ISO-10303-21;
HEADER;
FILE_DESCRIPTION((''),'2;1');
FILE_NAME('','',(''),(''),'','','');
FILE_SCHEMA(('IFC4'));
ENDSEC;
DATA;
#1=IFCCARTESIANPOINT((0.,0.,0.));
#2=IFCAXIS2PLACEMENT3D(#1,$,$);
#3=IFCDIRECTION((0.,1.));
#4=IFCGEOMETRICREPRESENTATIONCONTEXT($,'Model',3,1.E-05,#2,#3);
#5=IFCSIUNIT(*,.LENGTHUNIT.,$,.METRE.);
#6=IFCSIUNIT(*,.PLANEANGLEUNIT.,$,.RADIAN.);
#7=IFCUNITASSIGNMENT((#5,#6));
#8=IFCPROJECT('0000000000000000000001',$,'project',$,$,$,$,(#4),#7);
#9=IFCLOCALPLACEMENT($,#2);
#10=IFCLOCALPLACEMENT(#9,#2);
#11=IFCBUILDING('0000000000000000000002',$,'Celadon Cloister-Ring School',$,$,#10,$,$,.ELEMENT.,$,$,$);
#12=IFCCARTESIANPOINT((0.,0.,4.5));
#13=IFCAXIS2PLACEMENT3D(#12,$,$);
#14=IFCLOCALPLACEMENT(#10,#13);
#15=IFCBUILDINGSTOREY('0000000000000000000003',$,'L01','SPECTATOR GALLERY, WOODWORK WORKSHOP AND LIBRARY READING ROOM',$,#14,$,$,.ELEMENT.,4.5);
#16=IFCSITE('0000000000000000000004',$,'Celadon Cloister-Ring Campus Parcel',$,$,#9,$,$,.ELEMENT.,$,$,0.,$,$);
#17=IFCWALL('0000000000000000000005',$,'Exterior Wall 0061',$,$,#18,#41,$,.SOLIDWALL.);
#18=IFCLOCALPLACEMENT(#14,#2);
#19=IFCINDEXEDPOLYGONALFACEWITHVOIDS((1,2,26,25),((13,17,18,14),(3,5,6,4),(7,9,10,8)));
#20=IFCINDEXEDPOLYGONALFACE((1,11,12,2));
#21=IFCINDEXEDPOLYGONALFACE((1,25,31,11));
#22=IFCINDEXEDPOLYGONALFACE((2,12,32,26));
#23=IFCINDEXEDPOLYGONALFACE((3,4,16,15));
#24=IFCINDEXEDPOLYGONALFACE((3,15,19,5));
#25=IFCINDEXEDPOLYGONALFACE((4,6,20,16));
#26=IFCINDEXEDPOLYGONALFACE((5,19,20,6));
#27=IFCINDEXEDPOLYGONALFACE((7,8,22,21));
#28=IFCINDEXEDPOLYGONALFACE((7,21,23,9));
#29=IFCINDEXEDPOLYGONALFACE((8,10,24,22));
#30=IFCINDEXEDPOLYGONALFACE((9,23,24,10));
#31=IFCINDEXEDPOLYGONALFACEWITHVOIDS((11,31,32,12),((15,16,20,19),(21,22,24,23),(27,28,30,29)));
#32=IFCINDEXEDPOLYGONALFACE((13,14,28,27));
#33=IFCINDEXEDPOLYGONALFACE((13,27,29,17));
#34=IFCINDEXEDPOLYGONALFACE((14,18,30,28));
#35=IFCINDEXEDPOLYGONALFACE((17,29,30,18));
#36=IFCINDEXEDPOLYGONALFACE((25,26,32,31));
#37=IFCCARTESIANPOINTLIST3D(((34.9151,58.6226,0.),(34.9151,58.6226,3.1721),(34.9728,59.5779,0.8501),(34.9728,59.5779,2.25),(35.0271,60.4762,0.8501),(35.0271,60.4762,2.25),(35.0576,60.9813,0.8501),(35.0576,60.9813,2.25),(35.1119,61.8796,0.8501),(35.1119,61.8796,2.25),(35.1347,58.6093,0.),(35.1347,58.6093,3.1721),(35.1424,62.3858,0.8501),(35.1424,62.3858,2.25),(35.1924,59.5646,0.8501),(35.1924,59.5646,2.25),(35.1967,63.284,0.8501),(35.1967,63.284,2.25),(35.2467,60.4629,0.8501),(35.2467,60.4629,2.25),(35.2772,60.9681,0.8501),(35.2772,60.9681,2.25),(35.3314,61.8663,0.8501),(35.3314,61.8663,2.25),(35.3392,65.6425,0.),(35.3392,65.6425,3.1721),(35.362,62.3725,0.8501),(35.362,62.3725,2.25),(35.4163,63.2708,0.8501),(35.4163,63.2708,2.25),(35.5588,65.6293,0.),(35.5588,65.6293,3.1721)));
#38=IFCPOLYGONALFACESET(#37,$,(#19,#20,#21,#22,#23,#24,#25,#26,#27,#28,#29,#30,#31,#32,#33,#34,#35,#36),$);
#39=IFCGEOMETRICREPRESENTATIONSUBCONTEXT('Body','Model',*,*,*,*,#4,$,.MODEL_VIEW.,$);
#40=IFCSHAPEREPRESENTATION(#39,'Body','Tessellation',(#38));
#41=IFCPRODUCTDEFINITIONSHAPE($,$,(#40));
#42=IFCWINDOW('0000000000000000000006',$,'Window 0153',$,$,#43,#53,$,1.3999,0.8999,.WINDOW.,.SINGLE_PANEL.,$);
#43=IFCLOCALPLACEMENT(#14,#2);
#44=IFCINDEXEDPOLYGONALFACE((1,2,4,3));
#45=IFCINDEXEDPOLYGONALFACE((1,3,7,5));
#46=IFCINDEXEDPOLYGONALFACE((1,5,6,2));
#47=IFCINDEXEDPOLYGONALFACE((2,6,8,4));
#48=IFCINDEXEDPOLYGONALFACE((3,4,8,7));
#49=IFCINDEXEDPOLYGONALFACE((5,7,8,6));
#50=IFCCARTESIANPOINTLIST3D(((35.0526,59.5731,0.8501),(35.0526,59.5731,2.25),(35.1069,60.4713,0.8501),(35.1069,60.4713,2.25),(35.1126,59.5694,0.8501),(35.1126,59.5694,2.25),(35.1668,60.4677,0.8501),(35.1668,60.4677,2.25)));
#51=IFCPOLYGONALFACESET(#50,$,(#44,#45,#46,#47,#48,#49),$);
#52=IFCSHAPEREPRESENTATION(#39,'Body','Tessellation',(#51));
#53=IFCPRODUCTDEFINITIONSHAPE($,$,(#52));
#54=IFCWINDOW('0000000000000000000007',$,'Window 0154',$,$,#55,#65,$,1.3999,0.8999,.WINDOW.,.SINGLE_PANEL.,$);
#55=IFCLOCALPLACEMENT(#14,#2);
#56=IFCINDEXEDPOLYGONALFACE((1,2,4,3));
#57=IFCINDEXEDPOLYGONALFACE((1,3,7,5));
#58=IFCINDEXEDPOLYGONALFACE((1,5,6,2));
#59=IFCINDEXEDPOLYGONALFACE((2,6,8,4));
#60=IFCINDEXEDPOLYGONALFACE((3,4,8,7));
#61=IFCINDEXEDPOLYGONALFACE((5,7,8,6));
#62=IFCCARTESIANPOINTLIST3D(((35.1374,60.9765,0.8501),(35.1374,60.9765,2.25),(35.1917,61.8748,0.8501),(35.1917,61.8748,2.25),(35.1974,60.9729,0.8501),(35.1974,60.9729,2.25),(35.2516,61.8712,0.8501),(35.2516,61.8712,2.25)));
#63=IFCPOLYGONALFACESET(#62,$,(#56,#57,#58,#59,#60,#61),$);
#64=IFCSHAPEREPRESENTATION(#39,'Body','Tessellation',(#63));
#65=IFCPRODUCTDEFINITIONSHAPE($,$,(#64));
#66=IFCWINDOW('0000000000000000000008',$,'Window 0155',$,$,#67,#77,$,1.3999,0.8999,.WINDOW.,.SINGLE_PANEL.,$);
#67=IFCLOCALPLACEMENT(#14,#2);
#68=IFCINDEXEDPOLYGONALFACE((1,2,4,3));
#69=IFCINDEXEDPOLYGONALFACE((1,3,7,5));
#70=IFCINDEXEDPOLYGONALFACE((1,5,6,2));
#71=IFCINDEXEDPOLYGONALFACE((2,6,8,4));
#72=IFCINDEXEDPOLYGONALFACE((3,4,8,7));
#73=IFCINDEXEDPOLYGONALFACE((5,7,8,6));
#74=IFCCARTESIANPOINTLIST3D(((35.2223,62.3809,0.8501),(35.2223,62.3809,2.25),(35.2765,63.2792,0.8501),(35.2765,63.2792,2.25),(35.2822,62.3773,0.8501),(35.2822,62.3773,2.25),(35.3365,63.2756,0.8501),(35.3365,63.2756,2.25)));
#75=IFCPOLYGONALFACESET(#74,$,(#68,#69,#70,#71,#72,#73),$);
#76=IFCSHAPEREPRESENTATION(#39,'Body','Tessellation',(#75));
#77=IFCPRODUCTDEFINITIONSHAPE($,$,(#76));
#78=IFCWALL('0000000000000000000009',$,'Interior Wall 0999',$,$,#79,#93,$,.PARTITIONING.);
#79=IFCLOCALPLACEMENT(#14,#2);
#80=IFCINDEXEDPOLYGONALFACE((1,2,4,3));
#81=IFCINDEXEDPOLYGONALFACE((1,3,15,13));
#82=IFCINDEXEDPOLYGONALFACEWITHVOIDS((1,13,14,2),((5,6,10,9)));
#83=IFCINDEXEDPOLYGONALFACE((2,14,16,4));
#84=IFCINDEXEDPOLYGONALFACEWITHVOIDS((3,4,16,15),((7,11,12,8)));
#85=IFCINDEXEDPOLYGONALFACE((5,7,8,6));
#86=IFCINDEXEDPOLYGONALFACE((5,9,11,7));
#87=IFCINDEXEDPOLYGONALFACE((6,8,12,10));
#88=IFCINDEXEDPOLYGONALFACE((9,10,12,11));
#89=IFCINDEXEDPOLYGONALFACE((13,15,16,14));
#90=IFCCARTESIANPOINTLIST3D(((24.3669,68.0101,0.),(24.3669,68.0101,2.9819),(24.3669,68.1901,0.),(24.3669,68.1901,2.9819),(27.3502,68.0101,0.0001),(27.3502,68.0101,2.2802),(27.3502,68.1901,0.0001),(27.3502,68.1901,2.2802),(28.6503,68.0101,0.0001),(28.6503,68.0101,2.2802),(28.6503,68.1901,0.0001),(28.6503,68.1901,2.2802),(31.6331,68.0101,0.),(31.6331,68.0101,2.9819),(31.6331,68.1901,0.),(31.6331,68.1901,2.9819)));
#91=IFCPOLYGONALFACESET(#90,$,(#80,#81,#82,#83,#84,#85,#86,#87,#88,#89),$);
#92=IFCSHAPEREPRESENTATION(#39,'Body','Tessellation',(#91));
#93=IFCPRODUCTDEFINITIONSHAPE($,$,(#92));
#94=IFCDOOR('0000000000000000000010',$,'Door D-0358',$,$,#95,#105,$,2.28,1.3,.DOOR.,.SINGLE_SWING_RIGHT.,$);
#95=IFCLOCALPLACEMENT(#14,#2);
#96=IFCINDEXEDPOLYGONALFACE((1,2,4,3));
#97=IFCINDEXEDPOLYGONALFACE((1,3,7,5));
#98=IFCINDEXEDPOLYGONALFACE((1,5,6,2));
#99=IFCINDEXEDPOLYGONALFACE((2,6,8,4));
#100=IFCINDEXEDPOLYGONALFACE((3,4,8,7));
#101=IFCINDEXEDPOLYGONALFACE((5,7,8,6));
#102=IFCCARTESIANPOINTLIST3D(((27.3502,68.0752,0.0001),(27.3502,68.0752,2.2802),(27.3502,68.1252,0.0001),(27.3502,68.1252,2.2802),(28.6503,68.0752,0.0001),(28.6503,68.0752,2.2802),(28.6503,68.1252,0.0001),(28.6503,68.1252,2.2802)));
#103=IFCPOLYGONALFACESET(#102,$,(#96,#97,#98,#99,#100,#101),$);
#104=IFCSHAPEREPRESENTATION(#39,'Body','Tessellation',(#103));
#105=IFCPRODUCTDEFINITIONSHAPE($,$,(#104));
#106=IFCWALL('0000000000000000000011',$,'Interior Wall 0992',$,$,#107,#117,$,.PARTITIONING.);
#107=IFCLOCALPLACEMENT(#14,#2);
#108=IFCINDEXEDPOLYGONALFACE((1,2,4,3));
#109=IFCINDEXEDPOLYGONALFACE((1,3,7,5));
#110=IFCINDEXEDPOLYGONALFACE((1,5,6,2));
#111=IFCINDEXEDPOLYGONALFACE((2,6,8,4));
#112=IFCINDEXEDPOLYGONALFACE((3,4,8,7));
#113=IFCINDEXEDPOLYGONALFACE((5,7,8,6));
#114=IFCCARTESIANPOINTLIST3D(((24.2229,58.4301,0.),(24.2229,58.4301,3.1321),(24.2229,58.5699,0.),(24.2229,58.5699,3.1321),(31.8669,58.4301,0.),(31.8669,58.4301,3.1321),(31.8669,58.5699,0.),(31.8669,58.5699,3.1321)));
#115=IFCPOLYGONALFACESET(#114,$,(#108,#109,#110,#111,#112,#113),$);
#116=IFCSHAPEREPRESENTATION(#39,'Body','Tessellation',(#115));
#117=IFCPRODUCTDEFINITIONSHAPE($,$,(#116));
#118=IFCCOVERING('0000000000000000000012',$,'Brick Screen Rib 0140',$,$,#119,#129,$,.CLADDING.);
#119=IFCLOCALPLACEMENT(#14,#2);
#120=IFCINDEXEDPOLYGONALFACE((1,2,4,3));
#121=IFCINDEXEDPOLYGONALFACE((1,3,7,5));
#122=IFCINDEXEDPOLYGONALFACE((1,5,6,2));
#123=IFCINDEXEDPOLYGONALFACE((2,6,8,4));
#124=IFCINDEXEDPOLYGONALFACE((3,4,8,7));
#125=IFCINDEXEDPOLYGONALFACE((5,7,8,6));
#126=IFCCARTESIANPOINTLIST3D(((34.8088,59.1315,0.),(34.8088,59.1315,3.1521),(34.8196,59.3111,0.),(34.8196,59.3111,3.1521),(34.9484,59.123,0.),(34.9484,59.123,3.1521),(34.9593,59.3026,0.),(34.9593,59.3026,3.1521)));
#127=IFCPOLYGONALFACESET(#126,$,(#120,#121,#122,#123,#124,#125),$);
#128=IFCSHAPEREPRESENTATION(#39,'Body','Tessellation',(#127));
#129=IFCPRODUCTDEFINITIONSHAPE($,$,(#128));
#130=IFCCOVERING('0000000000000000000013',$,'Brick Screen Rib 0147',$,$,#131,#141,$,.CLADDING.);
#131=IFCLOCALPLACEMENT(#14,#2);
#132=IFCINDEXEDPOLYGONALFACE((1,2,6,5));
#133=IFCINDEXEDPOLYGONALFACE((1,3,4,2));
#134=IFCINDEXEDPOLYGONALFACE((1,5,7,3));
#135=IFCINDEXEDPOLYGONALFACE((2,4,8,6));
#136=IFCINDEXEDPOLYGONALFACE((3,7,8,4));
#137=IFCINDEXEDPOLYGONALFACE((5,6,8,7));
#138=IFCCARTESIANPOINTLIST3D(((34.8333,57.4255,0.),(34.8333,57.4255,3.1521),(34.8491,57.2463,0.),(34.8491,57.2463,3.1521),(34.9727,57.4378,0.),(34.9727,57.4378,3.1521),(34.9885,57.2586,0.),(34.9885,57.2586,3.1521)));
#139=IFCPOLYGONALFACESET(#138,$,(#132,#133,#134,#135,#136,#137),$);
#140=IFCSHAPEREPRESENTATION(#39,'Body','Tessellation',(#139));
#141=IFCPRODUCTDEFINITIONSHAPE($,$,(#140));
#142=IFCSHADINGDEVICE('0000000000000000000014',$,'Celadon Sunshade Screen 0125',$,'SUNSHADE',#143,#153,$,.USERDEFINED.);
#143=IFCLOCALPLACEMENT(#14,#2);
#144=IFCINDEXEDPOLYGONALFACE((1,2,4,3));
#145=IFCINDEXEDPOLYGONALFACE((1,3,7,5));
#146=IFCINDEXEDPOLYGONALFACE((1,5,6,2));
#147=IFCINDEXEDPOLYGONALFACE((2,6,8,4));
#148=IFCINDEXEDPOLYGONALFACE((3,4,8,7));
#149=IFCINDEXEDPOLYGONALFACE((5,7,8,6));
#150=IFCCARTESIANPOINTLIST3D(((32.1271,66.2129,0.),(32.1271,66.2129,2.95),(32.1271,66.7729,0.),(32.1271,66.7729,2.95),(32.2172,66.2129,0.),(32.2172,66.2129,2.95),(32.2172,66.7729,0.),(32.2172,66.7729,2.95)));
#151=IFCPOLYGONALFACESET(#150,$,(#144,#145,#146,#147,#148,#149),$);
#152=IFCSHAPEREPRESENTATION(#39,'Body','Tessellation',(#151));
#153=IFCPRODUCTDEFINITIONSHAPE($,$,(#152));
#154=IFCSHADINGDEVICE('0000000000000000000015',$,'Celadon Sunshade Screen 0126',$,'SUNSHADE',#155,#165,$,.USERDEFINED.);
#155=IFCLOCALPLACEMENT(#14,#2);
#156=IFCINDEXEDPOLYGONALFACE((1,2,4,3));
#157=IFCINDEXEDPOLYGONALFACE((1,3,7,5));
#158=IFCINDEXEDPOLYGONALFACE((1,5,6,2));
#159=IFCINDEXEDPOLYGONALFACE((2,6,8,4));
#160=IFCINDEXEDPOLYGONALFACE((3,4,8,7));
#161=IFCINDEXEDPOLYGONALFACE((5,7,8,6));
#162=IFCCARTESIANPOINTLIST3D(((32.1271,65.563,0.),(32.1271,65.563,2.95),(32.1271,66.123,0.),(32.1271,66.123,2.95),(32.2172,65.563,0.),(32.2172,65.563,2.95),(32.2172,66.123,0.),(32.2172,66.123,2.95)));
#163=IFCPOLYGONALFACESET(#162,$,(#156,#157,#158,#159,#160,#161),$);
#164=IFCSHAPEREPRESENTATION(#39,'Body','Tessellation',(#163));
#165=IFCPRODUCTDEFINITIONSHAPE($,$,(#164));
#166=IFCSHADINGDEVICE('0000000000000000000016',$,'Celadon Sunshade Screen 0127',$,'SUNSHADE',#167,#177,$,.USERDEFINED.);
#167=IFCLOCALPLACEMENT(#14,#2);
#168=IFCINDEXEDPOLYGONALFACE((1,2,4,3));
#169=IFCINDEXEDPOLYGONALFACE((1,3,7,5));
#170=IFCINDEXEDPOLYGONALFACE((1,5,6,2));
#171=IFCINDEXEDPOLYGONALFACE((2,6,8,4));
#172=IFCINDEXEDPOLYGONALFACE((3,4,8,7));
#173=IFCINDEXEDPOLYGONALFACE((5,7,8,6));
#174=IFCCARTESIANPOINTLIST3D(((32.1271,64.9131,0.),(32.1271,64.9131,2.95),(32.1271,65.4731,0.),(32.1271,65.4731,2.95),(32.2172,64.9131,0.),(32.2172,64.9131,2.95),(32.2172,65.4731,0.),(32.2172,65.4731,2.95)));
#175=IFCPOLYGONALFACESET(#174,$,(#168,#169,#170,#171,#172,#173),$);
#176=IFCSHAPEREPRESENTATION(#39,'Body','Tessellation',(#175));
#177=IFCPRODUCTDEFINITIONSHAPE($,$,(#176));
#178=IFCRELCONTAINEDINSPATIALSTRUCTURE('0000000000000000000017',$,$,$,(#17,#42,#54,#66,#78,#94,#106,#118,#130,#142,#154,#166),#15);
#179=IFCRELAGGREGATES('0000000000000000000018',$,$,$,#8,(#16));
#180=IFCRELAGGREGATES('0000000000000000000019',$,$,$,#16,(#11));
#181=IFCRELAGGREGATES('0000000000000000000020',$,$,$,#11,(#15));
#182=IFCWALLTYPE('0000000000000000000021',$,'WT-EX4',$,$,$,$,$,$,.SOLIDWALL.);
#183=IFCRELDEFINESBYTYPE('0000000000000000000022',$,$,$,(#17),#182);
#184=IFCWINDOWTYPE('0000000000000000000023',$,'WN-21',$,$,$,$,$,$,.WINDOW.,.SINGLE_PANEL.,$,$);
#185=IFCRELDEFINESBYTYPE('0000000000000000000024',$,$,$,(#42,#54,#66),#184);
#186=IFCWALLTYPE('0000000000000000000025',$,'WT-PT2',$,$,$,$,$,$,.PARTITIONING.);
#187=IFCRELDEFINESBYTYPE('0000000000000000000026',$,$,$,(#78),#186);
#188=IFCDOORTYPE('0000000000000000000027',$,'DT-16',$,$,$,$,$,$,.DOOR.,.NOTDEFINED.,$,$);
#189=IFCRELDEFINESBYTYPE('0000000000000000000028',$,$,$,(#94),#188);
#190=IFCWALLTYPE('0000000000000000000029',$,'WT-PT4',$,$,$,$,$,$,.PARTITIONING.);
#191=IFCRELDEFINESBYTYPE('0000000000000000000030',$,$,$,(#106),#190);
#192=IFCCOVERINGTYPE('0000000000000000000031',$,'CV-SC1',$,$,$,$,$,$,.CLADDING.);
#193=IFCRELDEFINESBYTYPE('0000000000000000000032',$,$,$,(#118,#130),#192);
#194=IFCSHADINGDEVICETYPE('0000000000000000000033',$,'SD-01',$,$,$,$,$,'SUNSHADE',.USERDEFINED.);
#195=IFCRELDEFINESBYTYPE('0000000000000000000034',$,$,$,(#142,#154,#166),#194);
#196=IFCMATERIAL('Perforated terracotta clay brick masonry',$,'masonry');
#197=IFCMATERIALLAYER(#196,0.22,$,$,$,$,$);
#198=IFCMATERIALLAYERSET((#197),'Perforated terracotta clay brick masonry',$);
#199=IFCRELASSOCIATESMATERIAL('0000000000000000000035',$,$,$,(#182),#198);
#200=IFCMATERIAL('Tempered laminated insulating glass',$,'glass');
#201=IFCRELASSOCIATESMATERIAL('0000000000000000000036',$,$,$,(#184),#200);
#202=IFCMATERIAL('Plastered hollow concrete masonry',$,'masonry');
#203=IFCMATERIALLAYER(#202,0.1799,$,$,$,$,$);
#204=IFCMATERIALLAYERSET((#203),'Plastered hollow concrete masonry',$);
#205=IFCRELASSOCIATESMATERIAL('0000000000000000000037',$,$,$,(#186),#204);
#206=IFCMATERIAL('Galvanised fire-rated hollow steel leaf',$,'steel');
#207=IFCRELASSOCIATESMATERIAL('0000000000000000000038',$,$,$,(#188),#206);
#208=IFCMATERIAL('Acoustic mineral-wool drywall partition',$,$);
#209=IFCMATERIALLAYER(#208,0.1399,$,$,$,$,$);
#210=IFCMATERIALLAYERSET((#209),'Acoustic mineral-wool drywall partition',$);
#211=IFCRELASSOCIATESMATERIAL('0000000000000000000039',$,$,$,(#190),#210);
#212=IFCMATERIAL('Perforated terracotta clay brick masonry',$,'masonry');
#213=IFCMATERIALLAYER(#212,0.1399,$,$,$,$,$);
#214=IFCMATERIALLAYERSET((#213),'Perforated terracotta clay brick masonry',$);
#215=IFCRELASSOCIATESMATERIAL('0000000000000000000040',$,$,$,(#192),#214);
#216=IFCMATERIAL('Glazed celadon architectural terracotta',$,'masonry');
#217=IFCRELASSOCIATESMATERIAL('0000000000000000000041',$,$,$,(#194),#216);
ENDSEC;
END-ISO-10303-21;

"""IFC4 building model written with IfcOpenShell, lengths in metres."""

from ifc_helpers import new_model, si_unit, direction, frame, frame_2d, origin, origin_2d, place, context, subcontext, project, spatial, rectangle, extrude, material, layer, layer_set, type_object, element, fill, save


model = new_model("IFC4")

# Units and contexts
model_context = context("Model", 3, precision=1e-05, world=origin(), true_north=direction((0.0, 1.0)))
body_context = subcontext(model_context, "Body", "Model", "MODEL_VIEW")
ifc_project = project(units=[si_unit("LENGTHUNIT", "METRE"), si_unit("PLANEANGLEUNIT", "RADIAN")], contexts=[model_context])

# Site, building, storey
site_placement = place(None, origin())
site = spatial("IfcSite", under=ifc_project, at=site_placement, Name="Celadon Cloister-Ring Campus Parcel", CompositionType="ELEMENT", RefElevation=0.0)
building_placement = place(site_placement, origin())
building = spatial("IfcBuilding", under=site, at=building_placement, Name="Celadon Cloister-Ring School", CompositionType="ELEMENT")
storey_placement = place(building_placement, frame((0.0, 0.0, 4.5)))
storey = spatial("IfcBuildingStorey", under=building, at=storey_placement, Name="L01", Description="SPECTATOR GALLERY, WOODWORK WORKSHOP AND LIBRARY READING ROOM", CompositionType="ELEMENT", Elevation=4.5)

# Wall, openings, windows
ifc_material_1 = material(Name="Perforated terracotta clay brick masonry", Category="masonry")
ifc_layer_1 = layer(ifc_material_1, 0.22)
ifc_layer_set_1 = layer_set([ifc_layer_1], Name="Perforated terracotta clay brick masonry")
wall_type_1 = type_object("IfcWallType", Name="WT-EX4", PredefinedType="SOLIDWALL", material=ifc_layer_set_1)
wall_1_placement = place(storey_placement, frame((35.0249, 58.616, 0.0), z_axis=(0.0, 0.0, 1.0), x_axis=(0.060299, 0.99818, 0.0)))
wall_1 = element("IfcWall", 1, at=wall_1_placement, inside=storey, type_object=wall_type_1, Name="Exterior Wall 0061", PredefinedType="SOLIDWALL", context=body_context, shape_type="SweptSolid", body=[
    extrude(rectangle(XDim=7.0327, YDim=0.22, at=frame_2d((3.5164, 0.0))), origin(), (0.0, 0.0, 1.0), 3.1721),
])
opening_1_placement = place(wall_1_placement, frame((0.957, 0.0, 0.8501)))
opening_1 = element("IfcOpeningElement", 2, at=opening_1_placement, cuts=wall_1, PredefinedType="OPENING", context=body_context, shape_type="SweptSolid", body=[
    extrude(rectangle(XDim=0.8999, YDim=1.3999, at=frame_2d((0.45, 0.7))), frame((0.0, 0.1201, 0.0), z_axis=(0.0, -1.0, 0.0), x_axis=(1.0, 0.0, 0.0)), (0.0, 0.0, 1.0), 0.24),
])
opening_2_placement = place(wall_1_placement, frame((2.363, 0.0, 0.8501)))
opening_2 = element("IfcOpeningElement", 3, at=opening_2_placement, cuts=wall_1, PredefinedType="OPENING", context=body_context, shape_type="SweptSolid", body=[
    extrude(rectangle(XDim=0.8999, YDim=1.3999, at=frame_2d((0.45, 0.7))), frame((0.0, 0.1201, 0.0), z_axis=(0.0, -1.0, 0.0), x_axis=(1.0, 0.0, 0.0)), (0.0, 0.0, 1.0), 0.24),
])
opening_3_placement = place(wall_1_placement, frame((3.77, 0.0, 0.8501)))
opening_3 = element("IfcOpeningElement", 4, at=opening_3_placement, cuts=wall_1, PredefinedType="OPENING", context=body_context, shape_type="SweptSolid", body=[
    extrude(rectangle(XDim=0.8999, YDim=1.3999, at=frame_2d((0.45, 0.7))), frame((0.0, 0.1201, 0.0), z_axis=(0.0, -1.0, 0.0), x_axis=(1.0, 0.0, 0.0)), (0.0, 0.0, 1.0), 0.24),
])
ifc_material_2 = material(Name="Tempered laminated insulating glass", Category="glass")
window_type = type_object("IfcWindowType", Name="WN-21", PartitioningType="SINGLE_PANEL", PredefinedType="WINDOW", material=ifc_material_2)
window_1_placement = place(opening_1_placement, origin())
window_1 = element("IfcWindow", 5, at=window_1_placement, inside=storey, type_object=window_type, Name="Window 0153", OverallHeight=1.3999, OverallWidth=0.8999, PartitioningType="SINGLE_PANEL", PredefinedType="WINDOW", context=body_context, shape_type="SweptSolid", body=[
    extrude(rectangle(XDim=0.8999, YDim=1.3999, at=frame_2d((0.45, 0.7))), frame((0.0, 0.03, 0.0), z_axis=(0.0, -1.0, 0.0), x_axis=(1.0, 0.0, 0.0)), (0.0, 0.0, 1.0), 0.0601),
])
fill(opening_1, window_1)
window_2_placement = place(opening_2_placement, origin())
window_2 = element("IfcWindow", 6, at=window_2_placement, inside=storey, type_object=window_type, Name="Window 0154", OverallHeight=1.3999, OverallWidth=0.8999, PartitioningType="SINGLE_PANEL", PredefinedType="WINDOW", context=body_context, shape_type="SweptSolid", body=[
    extrude(rectangle(XDim=0.8999, YDim=1.3999, at=frame_2d((0.45, 0.7))), frame((0.0, 0.03, 0.0), z_axis=(0.0, -1.0, 0.0), x_axis=(1.0, 0.0, 0.0)), (0.0, 0.0, 1.0), 0.0601),
])
fill(opening_2, window_2)
window_3_placement = place(opening_3_placement, origin())
window_3 = element("IfcWindow", 7, at=window_3_placement, inside=storey, type_object=window_type, Name="Window 0155", OverallHeight=1.3999, OverallWidth=0.8999, PartitioningType="SINGLE_PANEL", PredefinedType="WINDOW", context=body_context, shape_type="SweptSolid", body=[
    extrude(rectangle(XDim=0.8999, YDim=1.3999, at=frame_2d((0.45, 0.7))), frame((0.0, 0.03, 0.0), z_axis=(0.0, -1.0, 0.0), x_axis=(1.0, 0.0, 0.0)), (0.0, 0.0, 1.0), 0.0601),
])
fill(opening_3, window_3)

# Wall, opening, door
ifc_material_3 = material(Name="Plastered hollow concrete masonry", Category="masonry")
ifc_layer_2 = layer(ifc_material_3, 0.1799)
ifc_layer_set_2 = layer_set([ifc_layer_2], Name="Plastered hollow concrete masonry")
wall_type_2 = type_object("IfcWallType", Name="WT-PT2", PredefinedType="PARTITIONING", material=ifc_layer_set_2)
wall_2_placement = place(storey_placement, frame((31.6331, 68.1001, 0.0), z_axis=(0.0, 0.0, 1.0), x_axis=(-1.0, 0.0, 0.0)))
wall_2 = element("IfcWall", 8, at=wall_2_placement, inside=storey, type_object=wall_type_2, Name="Interior Wall 0999", PredefinedType="PARTITIONING", context=body_context, shape_type="SweptSolid", body=[
    extrude(rectangle(XDim=7.2661, YDim=0.1799, at=frame_2d((3.6331, 0.0))), origin(), (0.0, 0.0, 1.0), 2.9819),
])
opening_4_placement = place(wall_2_placement, frame((2.9829, 0.0, 0.0)))
opening_4 = element("IfcOpeningElement", 9, at=opening_4_placement, cuts=wall_2, PredefinedType="OPENING", context=body_context, shape_type="SweptSolid", body=[
    extrude(rectangle(XDim=1.3, YDim=2.28, at=frame_2d((0.6499, 1.1401))), frame((0.0, 0.1001, 0.0), z_axis=(0.0, -1.0, 0.0), x_axis=(1.0, 0.0, 0.0)), (0.0, 0.0, 1.0), 0.2),
])
ifc_material_4 = material(Name="Galvanised fire-rated hollow steel leaf", Category="steel")
door_type = type_object("IfcDoorType", Name="DT-16", OperationType="NOTDEFINED", PredefinedType="DOOR", material=ifc_material_4)
door_placement = place(opening_4_placement, origin())
door = element("IfcDoor", 10, at=door_placement, inside=storey, type_object=door_type, Name="Door D-0358", OperationType="SINGLE_SWING_RIGHT", OverallHeight=2.28, OverallWidth=1.3, PredefinedType="DOOR", context=body_context, shape_type="SweptSolid", body=[
    extrude(rectangle(XDim=1.3, YDim=2.28, at=frame_2d((0.6499, 1.1401))), frame((0.0, 0.0249, 0.0), z_axis=(0.0, -1.0, 0.0), x_axis=(1.0, 0.0, 0.0)), (0.0, 0.0, 1.0), 0.05),
])
fill(opening_4, door)

# Wall
ifc_material_5 = material(Name="Acoustic mineral-wool drywall partition")
ifc_layer_3 = layer(ifc_material_5, 0.1399)
ifc_layer_set_3 = layer_set([ifc_layer_3], Name="Acoustic mineral-wool drywall partition")
wall_type_3 = type_object("IfcWallType", Name="WT-PT4", PredefinedType="PARTITIONING", material=ifc_layer_set_3)
wall_3_placement = place(storey_placement, frame((31.8669, 58.5, 0.0), z_axis=(0.0, 0.0, 1.0), x_axis=(-1.0, 0.0, 0.0)))
element("IfcWall", 11, at=wall_3_placement, inside=storey, type_object=wall_type_3, Name="Interior Wall 0992", PredefinedType="PARTITIONING", context=body_context, shape_type="SweptSolid", body=[
    extrude(rectangle(XDim=7.644, YDim=0.1399, at=frame_2d((3.822, 0.0))), origin(), (0.0, 0.0, 1.0), 3.1321),
])

# Coverings
ifc_material_6 = material(Name="Perforated terracotta clay brick masonry", Category="masonry")
ifc_layer_4 = layer(ifc_material_6, 0.1399)
ifc_layer_set_4 = layer_set([ifc_layer_4], Name="Perforated terracotta clay brick masonry")
covering_type = type_object("IfcCoveringType", Name="CV-SC1", PredefinedType="CLADDING", material=ifc_layer_set_4)
for number, where, z_axis, x_axis, name in (
    (12, (34.884, 59.217, 0.0), (0.0, 0.0, 1.0), (0.060282, 0.998181, 0.0), "Brick Screen Rib 0140"),
    (13, (34.9109, 57.342, 0.0), (0.0, 0.0, 1.0), (-0.087747, 0.996143, 0.0), "Brick Screen Rib 0147"),
):
    element("IfcCovering", number, at=place(storey_placement, frame(where, z_axis=z_axis, x_axis=x_axis)), inside=storey, type_object=covering_type, Name=name, PredefinedType="CLADDING", context=body_context, shape_type="SweptSolid", body=[
        extrude(rectangle(XDim=0.1799, YDim=0.1399, at=origin_2d()), origin(), (0.0, 0.0, 1.0), 3.1521),
    ])

# Shading devices
ifc_material_7 = material(Name="Glazed celadon architectural terracotta", Category="masonry")
shading_device_type = type_object("IfcShadingDeviceType", Name="SD-01", ElementType="SUNSHADE", PredefinedType="USERDEFINED", material=ifc_material_7)
for number, where, z_axis, x_axis, name in (
    (14, (32.1721, 66.4929, 0.0), (0.0, 0.0, 1.0), (0.0, -1.0, 0.0), "Celadon Sunshade Screen 0125"),
    (15, (32.1721, 65.843, 0.0), (0.0, 0.0, 1.0), (0.0, -1.0, 0.0), "Celadon Sunshade Screen 0126"),
    (16, (32.1721, 65.1931, 0.0), (0.0, 0.0, 1.0), (0.0, -1.0, 0.0), "Celadon Sunshade Screen 0127"),
):
    element("IfcShadingDevice", number, at=place(storey_placement, frame(where, z_axis=z_axis, x_axis=x_axis)), inside=storey, type_object=shading_device_type, Name=name, ObjectType="SUNSHADE", PredefinedType="USERDEFINED", context=body_context, shape_type="SweptSolid", body=[
        extrude(rectangle(XDim=0.5601, YDim=0.0901, at=origin_2d()), origin(), (0.0, 0.0, 1.0), 2.95),
    ])

save(model, "model.ifc")
